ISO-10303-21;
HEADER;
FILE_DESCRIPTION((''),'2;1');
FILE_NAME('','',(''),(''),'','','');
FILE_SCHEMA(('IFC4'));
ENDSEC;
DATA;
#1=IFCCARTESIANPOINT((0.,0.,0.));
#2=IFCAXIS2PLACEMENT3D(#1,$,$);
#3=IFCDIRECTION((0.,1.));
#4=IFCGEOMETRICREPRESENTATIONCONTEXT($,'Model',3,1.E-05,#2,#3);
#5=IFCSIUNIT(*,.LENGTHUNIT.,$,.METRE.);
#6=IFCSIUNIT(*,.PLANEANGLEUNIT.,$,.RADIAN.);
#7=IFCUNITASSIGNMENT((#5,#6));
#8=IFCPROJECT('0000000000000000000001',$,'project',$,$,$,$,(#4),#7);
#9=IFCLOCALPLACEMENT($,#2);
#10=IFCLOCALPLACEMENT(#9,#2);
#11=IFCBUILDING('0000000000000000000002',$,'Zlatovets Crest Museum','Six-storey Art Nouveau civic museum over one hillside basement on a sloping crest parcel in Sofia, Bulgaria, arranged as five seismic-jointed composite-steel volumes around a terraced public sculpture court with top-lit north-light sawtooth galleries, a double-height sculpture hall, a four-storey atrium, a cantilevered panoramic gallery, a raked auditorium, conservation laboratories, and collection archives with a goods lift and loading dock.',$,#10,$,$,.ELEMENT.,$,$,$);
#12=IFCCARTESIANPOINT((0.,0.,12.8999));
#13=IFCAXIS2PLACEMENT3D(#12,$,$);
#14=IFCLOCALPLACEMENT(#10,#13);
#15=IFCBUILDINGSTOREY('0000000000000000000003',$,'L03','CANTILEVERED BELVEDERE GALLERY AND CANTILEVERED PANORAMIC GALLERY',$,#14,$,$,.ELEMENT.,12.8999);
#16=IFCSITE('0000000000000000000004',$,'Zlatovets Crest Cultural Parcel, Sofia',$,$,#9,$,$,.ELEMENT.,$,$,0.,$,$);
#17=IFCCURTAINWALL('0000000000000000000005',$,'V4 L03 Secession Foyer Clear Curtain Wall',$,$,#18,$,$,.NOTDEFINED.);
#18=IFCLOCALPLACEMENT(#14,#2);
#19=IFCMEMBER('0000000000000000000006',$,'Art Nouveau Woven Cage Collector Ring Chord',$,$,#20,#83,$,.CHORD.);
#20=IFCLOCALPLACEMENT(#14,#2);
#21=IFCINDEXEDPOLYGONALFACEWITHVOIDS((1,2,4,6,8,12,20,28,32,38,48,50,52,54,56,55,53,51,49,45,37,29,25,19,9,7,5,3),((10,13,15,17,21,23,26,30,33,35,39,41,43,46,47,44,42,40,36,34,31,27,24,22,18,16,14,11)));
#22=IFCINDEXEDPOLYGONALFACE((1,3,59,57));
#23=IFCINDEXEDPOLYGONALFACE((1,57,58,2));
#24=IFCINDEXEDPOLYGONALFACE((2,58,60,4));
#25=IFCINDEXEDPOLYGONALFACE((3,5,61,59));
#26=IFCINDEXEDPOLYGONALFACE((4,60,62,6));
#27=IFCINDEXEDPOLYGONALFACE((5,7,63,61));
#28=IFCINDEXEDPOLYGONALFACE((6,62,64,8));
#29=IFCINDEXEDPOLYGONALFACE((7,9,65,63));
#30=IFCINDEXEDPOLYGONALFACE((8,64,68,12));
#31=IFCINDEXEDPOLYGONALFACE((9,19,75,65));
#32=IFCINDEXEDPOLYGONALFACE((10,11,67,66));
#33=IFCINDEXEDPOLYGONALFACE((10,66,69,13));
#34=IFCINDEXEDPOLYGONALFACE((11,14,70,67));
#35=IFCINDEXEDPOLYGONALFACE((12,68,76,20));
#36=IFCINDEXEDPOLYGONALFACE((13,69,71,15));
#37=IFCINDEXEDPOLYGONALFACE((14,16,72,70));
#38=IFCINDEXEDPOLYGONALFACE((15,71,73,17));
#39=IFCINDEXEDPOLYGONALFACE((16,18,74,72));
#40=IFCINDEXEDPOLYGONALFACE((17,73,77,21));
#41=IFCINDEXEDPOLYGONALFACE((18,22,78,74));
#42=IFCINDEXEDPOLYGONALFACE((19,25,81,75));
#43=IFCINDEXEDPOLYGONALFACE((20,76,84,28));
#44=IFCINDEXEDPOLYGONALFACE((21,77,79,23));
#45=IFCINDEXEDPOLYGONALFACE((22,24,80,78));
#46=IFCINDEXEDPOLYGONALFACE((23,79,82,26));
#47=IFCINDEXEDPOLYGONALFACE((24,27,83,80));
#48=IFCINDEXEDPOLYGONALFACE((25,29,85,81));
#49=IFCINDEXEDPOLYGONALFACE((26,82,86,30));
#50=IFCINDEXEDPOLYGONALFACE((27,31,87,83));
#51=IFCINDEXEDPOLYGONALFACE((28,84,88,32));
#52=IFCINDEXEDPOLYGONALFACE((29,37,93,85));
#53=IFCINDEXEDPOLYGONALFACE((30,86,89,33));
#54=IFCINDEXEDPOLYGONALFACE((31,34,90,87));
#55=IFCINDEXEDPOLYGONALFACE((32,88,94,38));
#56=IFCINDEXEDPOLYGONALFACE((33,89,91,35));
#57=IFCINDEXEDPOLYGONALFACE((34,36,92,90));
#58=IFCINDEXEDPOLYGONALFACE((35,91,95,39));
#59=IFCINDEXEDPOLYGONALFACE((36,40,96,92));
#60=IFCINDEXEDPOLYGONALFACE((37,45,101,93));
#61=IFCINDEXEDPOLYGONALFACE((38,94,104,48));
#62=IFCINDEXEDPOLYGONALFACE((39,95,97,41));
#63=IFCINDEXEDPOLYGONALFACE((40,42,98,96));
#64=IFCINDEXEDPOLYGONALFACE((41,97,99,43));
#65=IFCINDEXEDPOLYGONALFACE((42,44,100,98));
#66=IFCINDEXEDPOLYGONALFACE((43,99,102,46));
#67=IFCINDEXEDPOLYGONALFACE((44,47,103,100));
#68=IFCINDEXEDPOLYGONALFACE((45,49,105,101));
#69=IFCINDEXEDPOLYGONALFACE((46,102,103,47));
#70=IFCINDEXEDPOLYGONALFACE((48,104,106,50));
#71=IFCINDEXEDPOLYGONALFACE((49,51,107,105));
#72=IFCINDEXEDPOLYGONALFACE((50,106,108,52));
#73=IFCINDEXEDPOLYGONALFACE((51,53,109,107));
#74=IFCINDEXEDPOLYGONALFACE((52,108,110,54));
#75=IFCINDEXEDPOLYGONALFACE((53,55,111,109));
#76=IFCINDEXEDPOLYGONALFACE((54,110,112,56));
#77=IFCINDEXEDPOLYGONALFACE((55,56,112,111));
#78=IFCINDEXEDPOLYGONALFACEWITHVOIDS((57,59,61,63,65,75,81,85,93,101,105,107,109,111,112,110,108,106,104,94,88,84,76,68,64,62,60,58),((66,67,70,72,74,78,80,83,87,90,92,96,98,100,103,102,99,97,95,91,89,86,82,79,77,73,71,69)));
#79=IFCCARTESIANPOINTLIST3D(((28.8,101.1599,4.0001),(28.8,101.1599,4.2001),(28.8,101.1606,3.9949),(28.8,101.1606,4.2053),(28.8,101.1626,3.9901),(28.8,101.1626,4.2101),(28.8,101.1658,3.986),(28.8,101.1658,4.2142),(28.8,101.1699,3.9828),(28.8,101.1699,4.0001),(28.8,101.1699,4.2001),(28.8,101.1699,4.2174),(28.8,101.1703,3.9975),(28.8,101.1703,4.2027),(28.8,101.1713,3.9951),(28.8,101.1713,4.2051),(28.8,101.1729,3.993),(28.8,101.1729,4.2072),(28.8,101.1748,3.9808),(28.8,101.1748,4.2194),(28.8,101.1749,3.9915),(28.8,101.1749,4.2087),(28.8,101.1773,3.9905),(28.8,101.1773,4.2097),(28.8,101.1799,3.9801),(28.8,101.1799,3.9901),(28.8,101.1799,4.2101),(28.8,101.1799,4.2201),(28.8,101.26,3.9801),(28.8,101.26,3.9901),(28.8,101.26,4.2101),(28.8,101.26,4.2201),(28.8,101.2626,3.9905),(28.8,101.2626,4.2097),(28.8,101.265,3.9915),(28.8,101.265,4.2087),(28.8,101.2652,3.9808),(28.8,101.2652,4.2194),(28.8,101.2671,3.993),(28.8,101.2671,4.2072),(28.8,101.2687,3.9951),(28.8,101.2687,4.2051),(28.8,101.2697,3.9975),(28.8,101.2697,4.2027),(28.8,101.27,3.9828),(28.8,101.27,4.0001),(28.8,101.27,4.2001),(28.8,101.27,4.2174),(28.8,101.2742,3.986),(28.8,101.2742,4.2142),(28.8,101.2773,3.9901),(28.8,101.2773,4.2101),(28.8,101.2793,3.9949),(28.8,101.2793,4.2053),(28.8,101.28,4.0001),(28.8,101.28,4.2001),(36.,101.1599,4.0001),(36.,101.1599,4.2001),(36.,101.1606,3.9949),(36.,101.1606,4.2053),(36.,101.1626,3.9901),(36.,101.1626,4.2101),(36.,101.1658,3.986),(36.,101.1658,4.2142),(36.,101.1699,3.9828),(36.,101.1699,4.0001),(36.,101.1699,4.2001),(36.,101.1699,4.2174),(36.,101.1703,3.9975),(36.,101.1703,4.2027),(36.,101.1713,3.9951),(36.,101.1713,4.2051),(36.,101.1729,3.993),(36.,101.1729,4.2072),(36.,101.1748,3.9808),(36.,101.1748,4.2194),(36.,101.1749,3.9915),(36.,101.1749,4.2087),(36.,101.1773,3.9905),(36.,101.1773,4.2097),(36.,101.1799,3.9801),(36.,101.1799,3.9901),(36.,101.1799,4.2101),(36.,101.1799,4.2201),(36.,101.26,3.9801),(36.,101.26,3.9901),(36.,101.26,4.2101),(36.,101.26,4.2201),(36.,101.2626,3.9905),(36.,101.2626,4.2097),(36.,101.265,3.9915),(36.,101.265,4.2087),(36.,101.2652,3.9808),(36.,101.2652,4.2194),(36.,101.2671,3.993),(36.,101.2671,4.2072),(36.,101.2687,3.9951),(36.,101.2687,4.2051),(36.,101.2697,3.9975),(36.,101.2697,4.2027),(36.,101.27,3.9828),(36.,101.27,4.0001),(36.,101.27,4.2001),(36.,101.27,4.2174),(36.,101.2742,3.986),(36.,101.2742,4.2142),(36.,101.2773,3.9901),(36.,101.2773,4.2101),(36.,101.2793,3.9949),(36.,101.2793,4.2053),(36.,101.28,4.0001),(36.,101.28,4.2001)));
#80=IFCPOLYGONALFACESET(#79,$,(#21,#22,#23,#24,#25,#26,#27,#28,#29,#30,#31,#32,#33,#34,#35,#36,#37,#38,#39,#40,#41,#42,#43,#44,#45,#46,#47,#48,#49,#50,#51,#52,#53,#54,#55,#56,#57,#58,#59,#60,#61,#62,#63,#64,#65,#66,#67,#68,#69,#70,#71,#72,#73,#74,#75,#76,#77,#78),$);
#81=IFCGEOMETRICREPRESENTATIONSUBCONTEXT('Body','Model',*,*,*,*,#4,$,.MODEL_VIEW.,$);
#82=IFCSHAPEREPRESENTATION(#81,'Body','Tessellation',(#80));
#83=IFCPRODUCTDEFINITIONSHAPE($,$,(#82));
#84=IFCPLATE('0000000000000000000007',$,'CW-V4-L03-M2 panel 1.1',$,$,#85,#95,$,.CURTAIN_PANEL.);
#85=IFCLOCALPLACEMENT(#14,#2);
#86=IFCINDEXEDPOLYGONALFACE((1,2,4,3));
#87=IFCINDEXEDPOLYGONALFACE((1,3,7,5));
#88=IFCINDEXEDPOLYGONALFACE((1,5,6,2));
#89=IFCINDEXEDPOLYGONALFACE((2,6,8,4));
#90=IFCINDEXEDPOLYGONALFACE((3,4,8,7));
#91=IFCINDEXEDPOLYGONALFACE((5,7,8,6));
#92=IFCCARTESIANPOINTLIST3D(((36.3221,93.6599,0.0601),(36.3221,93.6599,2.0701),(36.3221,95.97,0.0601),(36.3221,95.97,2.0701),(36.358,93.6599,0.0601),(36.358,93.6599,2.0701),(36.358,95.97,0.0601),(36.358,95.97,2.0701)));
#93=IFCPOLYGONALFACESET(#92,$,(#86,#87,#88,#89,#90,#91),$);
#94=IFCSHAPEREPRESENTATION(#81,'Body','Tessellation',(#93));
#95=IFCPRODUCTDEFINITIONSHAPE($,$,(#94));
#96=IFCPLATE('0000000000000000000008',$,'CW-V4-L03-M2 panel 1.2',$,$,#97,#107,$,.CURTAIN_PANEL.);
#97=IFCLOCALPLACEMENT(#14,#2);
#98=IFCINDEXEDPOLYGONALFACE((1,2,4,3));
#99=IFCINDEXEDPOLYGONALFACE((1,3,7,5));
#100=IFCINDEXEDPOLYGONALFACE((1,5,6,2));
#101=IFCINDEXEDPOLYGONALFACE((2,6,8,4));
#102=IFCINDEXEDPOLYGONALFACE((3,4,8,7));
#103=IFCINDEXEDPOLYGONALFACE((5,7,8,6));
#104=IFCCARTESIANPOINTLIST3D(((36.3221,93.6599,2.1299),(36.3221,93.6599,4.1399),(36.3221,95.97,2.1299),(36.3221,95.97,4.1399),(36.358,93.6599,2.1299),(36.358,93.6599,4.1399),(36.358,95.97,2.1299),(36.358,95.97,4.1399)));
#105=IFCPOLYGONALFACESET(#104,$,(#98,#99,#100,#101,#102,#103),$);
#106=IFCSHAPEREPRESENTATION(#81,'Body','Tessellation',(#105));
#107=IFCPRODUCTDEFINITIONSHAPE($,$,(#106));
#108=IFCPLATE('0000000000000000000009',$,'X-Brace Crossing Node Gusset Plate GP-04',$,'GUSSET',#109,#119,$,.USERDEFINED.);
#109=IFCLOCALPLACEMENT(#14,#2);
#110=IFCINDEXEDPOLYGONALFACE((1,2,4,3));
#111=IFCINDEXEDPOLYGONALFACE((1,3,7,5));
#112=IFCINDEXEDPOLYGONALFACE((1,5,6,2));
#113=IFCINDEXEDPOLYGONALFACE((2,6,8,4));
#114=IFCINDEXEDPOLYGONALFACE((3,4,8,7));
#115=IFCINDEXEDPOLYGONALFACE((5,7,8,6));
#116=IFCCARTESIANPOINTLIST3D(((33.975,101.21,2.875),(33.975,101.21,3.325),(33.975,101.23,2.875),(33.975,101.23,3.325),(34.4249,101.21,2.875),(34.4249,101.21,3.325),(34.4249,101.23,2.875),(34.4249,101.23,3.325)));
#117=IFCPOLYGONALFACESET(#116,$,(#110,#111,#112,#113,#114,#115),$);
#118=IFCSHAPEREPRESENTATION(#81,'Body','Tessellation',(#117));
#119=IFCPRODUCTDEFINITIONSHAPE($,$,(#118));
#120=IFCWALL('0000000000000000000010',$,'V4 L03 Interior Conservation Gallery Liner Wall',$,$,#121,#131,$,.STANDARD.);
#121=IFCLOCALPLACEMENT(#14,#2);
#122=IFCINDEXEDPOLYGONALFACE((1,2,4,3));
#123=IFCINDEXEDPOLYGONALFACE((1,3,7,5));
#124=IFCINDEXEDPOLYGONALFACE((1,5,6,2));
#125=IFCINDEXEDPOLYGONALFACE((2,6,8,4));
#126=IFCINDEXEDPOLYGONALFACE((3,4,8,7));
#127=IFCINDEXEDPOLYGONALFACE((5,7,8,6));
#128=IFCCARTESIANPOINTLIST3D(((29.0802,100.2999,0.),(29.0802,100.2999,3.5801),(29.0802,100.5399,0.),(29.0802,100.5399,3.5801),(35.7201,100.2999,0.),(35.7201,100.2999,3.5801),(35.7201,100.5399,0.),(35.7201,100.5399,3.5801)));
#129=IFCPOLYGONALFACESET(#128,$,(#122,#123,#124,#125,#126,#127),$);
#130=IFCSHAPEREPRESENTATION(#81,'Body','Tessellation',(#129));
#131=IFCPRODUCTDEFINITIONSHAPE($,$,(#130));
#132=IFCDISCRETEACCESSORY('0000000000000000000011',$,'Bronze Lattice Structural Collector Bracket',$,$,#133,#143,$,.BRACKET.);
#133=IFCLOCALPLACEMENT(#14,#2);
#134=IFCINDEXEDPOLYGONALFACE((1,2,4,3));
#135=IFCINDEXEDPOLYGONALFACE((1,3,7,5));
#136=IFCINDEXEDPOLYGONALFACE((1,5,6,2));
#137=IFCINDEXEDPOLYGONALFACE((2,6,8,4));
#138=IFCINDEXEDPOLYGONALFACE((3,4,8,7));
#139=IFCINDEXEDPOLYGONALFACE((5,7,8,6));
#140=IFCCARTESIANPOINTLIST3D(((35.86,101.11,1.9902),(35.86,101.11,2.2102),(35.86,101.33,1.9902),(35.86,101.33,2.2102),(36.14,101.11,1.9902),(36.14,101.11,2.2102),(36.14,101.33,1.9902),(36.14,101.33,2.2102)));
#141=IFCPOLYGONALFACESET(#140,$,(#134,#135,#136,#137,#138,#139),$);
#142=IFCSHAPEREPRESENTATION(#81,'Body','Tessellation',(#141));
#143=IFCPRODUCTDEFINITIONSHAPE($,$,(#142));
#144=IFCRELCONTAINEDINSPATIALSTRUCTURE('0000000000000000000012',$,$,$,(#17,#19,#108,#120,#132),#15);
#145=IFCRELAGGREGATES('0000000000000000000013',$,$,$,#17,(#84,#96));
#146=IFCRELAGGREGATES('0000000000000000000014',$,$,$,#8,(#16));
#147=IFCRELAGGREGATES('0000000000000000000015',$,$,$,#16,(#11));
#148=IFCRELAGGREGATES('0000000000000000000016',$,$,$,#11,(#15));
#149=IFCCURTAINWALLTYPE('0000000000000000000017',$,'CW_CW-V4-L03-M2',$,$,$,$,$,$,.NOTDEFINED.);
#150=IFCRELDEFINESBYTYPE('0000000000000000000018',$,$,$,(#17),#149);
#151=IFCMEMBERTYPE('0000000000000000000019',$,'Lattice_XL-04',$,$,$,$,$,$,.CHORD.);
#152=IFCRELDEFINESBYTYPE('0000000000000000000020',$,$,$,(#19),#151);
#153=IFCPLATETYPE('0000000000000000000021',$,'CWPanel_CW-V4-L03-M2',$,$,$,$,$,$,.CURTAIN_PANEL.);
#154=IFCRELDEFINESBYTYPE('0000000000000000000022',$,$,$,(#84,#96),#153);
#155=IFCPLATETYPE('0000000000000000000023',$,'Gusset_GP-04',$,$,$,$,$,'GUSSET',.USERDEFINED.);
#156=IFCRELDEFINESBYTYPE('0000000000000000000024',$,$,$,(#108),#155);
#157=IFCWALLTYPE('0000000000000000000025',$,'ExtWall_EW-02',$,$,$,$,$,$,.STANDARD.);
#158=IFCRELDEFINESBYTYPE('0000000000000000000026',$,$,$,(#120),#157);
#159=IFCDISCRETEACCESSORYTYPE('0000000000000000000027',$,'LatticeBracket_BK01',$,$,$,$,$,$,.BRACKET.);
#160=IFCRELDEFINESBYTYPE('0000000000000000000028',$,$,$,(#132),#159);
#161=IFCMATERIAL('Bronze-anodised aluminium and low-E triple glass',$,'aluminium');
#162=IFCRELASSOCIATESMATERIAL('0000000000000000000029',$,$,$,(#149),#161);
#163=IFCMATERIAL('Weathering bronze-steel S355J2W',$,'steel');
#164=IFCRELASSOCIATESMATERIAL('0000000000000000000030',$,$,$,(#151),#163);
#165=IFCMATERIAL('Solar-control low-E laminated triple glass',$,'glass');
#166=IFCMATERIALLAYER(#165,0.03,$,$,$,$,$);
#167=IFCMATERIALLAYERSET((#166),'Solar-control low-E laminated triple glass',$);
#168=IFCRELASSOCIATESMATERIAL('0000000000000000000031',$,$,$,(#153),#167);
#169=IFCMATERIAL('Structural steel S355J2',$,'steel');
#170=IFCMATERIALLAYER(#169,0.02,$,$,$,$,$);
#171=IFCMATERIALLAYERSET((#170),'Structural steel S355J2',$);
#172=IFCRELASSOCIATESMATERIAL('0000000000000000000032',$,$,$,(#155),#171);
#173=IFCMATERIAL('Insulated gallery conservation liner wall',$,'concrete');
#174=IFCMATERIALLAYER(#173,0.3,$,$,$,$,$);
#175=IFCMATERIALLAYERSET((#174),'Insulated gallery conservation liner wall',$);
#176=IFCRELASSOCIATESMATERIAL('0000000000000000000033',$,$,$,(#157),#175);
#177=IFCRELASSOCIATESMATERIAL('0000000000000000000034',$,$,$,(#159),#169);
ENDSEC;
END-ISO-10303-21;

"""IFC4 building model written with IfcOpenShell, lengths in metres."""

from ifc_helpers import new_model, si_unit, direction, frame, frame_2d, origin, origin_2d, place, context, subcontext, project, spatial, rectangle, hollow_rectangle, extrude, material, layer, layer_set, material_profile, profile_set, type_object, element, aggregate, save


model = new_model("IFC4")

# Units and contexts
model_context = context("Model", 3, precision=1e-05, world=origin(), true_north=direction((0.0, 1.0)))
body_context = subcontext(model_context, "Body", "Model", "MODEL_VIEW")
ifc_project = project(units=[si_unit("LENGTHUNIT", "METRE"), si_unit("PLANEANGLEUNIT", "RADIAN")], contexts=[model_context])

# Site, building, storey
site_placement = place(None, origin())
site = spatial("IfcSite", under=ifc_project, at=site_placement, Name="Zlatovets Crest Cultural Parcel, Sofia", CompositionType="ELEMENT", RefElevation=0.0)
building_placement = place(site_placement, origin())
building = spatial("IfcBuilding", under=site, at=building_placement, Name="Zlatovets Crest Museum", Description="Six-storey Art Nouveau civic museum over one hillside basement on a sloping crest parcel in Sofia, Bulgaria, arranged as five seismic-jointed composite-steel volumes around a terraced public sculpture court with top-lit north-light sawtooth galleries, a double-height sculpture hall, a four-storey atrium, a cantilevered panoramic gallery, a raked auditorium, conservation laboratories, and collection archives with a goods lift and loading dock.", CompositionType="ELEMENT")
storey_placement = place(building_placement, frame((0.0, 0.0, 12.8999)))
storey = spatial("IfcBuildingStorey", under=building, at=storey_placement, Name="L03", Description="CANTILEVERED BELVEDERE GALLERY AND CANTILEVERED PANORAMIC GALLERY", CompositionType="ELEMENT", Elevation=12.8999)

# Shared definitions
ifc_material_1 = material(Name="Structural steel S355J2", Category="steel")

# Curtain wall
ifc_material_2 = material(Name="Bronze-anodised aluminium and low-E triple glass", Category="aluminium")
curtain_wall_type = type_object("IfcCurtainWallType", Name="CW_CW-V4-L03-M2", PredefinedType="NOTDEFINED", material=ifc_material_2)
curtain_wall_placement = place(storey_placement, origin())
curtain_wall = element("IfcCurtainWall", 1, at=curtain_wall_placement, inside=storey, type_object=curtain_wall_type, Name="V4 L03 Secession Foyer Clear Curtain Wall", PredefinedType="NOTDEFINED")

# Member
ifc_material_3 = material(Name="Weathering bronze-steel S355J2W", Category="steel")
ifc_material_profile_1 = material_profile(ifc_material_3, hollow_rectangle(XDim=0.1201, YDim=0.24, WallThickness=0.01, InnerFilletRadius=0.01, OuterFilletRadius=0.02, at=origin_2d()), Name="RHS 120x240x10.0")
ifc_profile_set_1 = profile_set([ifc_material_profile_1], Name="Weathering bronze-steel S355J2W")
member_type_1 = type_object("IfcMemberType", Name="Lattice_XL-04", PredefinedType="CHORD", material=ifc_profile_set_1)
member_1_placement = place(storey_placement, frame((36.0, 101.22, 4.1001), z_axis=(-1.0, 0.0, 0.0), x_axis=(0.0, -1.0, 0.0)))
element("IfcMember", 2, at=member_1_placement, inside=storey, type_object=member_type_1, Name="Art Nouveau Woven Cage Collector Ring Chord", PredefinedType="CHORD", context=body_context, shape_type="SweptSolid", body=[
    extrude(hollow_rectangle(XDim=0.1201, YDim=0.24, WallThickness=0.01, InnerFilletRadius=0.01, OuterFilletRadius=0.02, at=origin_2d()), origin(), (0.0, 0.0, 1.0), 7.2),
])

# Plates
ifc_material_4 = material(Name="Solar-control low-E laminated triple glass", Category="glass")
ifc_layer_1 = layer(ifc_material_4, 0.03)
ifc_layer_set_1 = layer_set([ifc_layer_1], Name="Solar-control low-E laminated triple glass")
plate_type_1 = type_object("IfcPlateType", Name="CWPanel_CW-V4-L03-M2", PredefinedType="CURTAIN_PANEL", material=ifc_layer_set_1)
plate_1_placement = place(storey_placement, frame((36.3401, 94.8149, 0.0601), z_axis=(0.0, 0.0, 1.0), x_axis=(0.0, 1.0, 0.0)))
plate_1 = element("IfcPlate", 3, at=plate_1_placement, type_object=plate_type_1, Name="CW-V4-L03-M2 panel 1.1", PredefinedType="CURTAIN_PANEL", context=body_context, shape_type="SweptSolid", body=[
    extrude(rectangle(XDim=2.3101, YDim=0.0359, at=origin_2d()), origin(), (0.0, 0.0, 1.0), 2.01),
])
plate_2_placement = place(storey_placement, frame((36.3401, 94.8149, 2.1299), z_axis=(0.0, 0.0, 1.0), x_axis=(0.0, 1.0, 0.0)))
plate_2 = element("IfcPlate", 4, at=plate_2_placement, type_object=plate_type_1, Name="CW-V4-L03-M2 panel 1.2", PredefinedType="CURTAIN_PANEL", context=body_context, shape_type="SweptSolid", body=[
    extrude(rectangle(XDim=2.3101, YDim=0.0359, at=origin_2d()), origin(), (0.0, 0.0, 1.0), 2.01),
])
aggregate(curtain_wall, [plate_1, plate_2])
ifc_layer_2 = layer(ifc_material_1, 0.02)
ifc_layer_set_2 = layer_set([ifc_layer_2], Name="Structural steel S355J2")
plate_type_2 = type_object("IfcPlateType", Name="Gusset_GP-04", ElementType="GUSSET", PredefinedType="USERDEFINED", material=ifc_layer_set_2)
plate_3_placement = place(storey_placement, frame((34.2, 101.22, 2.875), z_axis=(0.0, 0.0, 1.0), x_axis=(1.0, 0.0, 0.0)))
element("IfcPlate", 5, at=plate_3_placement, inside=storey, type_object=plate_type_2, Name="X-Brace Crossing Node Gusset Plate GP-04", ObjectType="GUSSET", PredefinedType="USERDEFINED", context=body_context, shape_type="SweptSolid", body=[
    extrude(rectangle(XDim=0.45, YDim=0.02, at=origin_2d()), origin(), (0.0, 0.0, 1.0), 0.45),
])

# Wall
ifc_material_5 = material(Name="Insulated gallery conservation liner wall", Category="concrete")
ifc_layer_3 = layer(ifc_material_5, 0.3)
ifc_layer_set_3 = layer_set([ifc_layer_3], Name="Insulated gallery conservation liner wall")
wall_type = type_object("IfcWallType", Name="ExtWall_EW-02", PredefinedType="STANDARD", material=ifc_layer_set_3)
wall_placement = place(storey_placement, frame((35.72, 100.4199, 0.0), z_axis=(0.0, 0.0, 1.0), x_axis=(-1.0, 0.0, 0.0)))
element("IfcWall", 6, at=wall_placement, inside=storey, type_object=wall_type, Name="V4 L03 Interior Conservation Gallery Liner Wall", PredefinedType="STANDARD", context=body_context, shape_type="SweptSolid", body=[
    extrude(rectangle(XDim=6.6399, YDim=0.24, at=frame_2d((3.3198, 0.0))), origin(), (0.0, 0.0, 1.0), 3.5801),
])

# Discrete accessory
discrete_accessory_type = type_object("IfcDiscreteAccessoryType", Name="LatticeBracket_BK01", PredefinedType="BRACKET", material=ifc_material_1)
discrete_accessory_placement = place(storey_placement, frame((36.0, 101.22, 1.9902), z_axis=(0.0, 0.0, 1.0), x_axis=(1.0, 0.0, 0.0)))
element("IfcDiscreteAccessory", 7, at=discrete_accessory_placement, inside=storey, type_object=discrete_accessory_type, Name="Bronze Lattice Structural Collector Bracket", PredefinedType="BRACKET", context=body_context, shape_type="SweptSolid", body=[
    extrude(rectangle(XDim=0.28, YDim=0.22, at=origin_2d()), origin(), (0.0, 0.0, 1.0), 0.22),
])

save(model, "model.ifc")
